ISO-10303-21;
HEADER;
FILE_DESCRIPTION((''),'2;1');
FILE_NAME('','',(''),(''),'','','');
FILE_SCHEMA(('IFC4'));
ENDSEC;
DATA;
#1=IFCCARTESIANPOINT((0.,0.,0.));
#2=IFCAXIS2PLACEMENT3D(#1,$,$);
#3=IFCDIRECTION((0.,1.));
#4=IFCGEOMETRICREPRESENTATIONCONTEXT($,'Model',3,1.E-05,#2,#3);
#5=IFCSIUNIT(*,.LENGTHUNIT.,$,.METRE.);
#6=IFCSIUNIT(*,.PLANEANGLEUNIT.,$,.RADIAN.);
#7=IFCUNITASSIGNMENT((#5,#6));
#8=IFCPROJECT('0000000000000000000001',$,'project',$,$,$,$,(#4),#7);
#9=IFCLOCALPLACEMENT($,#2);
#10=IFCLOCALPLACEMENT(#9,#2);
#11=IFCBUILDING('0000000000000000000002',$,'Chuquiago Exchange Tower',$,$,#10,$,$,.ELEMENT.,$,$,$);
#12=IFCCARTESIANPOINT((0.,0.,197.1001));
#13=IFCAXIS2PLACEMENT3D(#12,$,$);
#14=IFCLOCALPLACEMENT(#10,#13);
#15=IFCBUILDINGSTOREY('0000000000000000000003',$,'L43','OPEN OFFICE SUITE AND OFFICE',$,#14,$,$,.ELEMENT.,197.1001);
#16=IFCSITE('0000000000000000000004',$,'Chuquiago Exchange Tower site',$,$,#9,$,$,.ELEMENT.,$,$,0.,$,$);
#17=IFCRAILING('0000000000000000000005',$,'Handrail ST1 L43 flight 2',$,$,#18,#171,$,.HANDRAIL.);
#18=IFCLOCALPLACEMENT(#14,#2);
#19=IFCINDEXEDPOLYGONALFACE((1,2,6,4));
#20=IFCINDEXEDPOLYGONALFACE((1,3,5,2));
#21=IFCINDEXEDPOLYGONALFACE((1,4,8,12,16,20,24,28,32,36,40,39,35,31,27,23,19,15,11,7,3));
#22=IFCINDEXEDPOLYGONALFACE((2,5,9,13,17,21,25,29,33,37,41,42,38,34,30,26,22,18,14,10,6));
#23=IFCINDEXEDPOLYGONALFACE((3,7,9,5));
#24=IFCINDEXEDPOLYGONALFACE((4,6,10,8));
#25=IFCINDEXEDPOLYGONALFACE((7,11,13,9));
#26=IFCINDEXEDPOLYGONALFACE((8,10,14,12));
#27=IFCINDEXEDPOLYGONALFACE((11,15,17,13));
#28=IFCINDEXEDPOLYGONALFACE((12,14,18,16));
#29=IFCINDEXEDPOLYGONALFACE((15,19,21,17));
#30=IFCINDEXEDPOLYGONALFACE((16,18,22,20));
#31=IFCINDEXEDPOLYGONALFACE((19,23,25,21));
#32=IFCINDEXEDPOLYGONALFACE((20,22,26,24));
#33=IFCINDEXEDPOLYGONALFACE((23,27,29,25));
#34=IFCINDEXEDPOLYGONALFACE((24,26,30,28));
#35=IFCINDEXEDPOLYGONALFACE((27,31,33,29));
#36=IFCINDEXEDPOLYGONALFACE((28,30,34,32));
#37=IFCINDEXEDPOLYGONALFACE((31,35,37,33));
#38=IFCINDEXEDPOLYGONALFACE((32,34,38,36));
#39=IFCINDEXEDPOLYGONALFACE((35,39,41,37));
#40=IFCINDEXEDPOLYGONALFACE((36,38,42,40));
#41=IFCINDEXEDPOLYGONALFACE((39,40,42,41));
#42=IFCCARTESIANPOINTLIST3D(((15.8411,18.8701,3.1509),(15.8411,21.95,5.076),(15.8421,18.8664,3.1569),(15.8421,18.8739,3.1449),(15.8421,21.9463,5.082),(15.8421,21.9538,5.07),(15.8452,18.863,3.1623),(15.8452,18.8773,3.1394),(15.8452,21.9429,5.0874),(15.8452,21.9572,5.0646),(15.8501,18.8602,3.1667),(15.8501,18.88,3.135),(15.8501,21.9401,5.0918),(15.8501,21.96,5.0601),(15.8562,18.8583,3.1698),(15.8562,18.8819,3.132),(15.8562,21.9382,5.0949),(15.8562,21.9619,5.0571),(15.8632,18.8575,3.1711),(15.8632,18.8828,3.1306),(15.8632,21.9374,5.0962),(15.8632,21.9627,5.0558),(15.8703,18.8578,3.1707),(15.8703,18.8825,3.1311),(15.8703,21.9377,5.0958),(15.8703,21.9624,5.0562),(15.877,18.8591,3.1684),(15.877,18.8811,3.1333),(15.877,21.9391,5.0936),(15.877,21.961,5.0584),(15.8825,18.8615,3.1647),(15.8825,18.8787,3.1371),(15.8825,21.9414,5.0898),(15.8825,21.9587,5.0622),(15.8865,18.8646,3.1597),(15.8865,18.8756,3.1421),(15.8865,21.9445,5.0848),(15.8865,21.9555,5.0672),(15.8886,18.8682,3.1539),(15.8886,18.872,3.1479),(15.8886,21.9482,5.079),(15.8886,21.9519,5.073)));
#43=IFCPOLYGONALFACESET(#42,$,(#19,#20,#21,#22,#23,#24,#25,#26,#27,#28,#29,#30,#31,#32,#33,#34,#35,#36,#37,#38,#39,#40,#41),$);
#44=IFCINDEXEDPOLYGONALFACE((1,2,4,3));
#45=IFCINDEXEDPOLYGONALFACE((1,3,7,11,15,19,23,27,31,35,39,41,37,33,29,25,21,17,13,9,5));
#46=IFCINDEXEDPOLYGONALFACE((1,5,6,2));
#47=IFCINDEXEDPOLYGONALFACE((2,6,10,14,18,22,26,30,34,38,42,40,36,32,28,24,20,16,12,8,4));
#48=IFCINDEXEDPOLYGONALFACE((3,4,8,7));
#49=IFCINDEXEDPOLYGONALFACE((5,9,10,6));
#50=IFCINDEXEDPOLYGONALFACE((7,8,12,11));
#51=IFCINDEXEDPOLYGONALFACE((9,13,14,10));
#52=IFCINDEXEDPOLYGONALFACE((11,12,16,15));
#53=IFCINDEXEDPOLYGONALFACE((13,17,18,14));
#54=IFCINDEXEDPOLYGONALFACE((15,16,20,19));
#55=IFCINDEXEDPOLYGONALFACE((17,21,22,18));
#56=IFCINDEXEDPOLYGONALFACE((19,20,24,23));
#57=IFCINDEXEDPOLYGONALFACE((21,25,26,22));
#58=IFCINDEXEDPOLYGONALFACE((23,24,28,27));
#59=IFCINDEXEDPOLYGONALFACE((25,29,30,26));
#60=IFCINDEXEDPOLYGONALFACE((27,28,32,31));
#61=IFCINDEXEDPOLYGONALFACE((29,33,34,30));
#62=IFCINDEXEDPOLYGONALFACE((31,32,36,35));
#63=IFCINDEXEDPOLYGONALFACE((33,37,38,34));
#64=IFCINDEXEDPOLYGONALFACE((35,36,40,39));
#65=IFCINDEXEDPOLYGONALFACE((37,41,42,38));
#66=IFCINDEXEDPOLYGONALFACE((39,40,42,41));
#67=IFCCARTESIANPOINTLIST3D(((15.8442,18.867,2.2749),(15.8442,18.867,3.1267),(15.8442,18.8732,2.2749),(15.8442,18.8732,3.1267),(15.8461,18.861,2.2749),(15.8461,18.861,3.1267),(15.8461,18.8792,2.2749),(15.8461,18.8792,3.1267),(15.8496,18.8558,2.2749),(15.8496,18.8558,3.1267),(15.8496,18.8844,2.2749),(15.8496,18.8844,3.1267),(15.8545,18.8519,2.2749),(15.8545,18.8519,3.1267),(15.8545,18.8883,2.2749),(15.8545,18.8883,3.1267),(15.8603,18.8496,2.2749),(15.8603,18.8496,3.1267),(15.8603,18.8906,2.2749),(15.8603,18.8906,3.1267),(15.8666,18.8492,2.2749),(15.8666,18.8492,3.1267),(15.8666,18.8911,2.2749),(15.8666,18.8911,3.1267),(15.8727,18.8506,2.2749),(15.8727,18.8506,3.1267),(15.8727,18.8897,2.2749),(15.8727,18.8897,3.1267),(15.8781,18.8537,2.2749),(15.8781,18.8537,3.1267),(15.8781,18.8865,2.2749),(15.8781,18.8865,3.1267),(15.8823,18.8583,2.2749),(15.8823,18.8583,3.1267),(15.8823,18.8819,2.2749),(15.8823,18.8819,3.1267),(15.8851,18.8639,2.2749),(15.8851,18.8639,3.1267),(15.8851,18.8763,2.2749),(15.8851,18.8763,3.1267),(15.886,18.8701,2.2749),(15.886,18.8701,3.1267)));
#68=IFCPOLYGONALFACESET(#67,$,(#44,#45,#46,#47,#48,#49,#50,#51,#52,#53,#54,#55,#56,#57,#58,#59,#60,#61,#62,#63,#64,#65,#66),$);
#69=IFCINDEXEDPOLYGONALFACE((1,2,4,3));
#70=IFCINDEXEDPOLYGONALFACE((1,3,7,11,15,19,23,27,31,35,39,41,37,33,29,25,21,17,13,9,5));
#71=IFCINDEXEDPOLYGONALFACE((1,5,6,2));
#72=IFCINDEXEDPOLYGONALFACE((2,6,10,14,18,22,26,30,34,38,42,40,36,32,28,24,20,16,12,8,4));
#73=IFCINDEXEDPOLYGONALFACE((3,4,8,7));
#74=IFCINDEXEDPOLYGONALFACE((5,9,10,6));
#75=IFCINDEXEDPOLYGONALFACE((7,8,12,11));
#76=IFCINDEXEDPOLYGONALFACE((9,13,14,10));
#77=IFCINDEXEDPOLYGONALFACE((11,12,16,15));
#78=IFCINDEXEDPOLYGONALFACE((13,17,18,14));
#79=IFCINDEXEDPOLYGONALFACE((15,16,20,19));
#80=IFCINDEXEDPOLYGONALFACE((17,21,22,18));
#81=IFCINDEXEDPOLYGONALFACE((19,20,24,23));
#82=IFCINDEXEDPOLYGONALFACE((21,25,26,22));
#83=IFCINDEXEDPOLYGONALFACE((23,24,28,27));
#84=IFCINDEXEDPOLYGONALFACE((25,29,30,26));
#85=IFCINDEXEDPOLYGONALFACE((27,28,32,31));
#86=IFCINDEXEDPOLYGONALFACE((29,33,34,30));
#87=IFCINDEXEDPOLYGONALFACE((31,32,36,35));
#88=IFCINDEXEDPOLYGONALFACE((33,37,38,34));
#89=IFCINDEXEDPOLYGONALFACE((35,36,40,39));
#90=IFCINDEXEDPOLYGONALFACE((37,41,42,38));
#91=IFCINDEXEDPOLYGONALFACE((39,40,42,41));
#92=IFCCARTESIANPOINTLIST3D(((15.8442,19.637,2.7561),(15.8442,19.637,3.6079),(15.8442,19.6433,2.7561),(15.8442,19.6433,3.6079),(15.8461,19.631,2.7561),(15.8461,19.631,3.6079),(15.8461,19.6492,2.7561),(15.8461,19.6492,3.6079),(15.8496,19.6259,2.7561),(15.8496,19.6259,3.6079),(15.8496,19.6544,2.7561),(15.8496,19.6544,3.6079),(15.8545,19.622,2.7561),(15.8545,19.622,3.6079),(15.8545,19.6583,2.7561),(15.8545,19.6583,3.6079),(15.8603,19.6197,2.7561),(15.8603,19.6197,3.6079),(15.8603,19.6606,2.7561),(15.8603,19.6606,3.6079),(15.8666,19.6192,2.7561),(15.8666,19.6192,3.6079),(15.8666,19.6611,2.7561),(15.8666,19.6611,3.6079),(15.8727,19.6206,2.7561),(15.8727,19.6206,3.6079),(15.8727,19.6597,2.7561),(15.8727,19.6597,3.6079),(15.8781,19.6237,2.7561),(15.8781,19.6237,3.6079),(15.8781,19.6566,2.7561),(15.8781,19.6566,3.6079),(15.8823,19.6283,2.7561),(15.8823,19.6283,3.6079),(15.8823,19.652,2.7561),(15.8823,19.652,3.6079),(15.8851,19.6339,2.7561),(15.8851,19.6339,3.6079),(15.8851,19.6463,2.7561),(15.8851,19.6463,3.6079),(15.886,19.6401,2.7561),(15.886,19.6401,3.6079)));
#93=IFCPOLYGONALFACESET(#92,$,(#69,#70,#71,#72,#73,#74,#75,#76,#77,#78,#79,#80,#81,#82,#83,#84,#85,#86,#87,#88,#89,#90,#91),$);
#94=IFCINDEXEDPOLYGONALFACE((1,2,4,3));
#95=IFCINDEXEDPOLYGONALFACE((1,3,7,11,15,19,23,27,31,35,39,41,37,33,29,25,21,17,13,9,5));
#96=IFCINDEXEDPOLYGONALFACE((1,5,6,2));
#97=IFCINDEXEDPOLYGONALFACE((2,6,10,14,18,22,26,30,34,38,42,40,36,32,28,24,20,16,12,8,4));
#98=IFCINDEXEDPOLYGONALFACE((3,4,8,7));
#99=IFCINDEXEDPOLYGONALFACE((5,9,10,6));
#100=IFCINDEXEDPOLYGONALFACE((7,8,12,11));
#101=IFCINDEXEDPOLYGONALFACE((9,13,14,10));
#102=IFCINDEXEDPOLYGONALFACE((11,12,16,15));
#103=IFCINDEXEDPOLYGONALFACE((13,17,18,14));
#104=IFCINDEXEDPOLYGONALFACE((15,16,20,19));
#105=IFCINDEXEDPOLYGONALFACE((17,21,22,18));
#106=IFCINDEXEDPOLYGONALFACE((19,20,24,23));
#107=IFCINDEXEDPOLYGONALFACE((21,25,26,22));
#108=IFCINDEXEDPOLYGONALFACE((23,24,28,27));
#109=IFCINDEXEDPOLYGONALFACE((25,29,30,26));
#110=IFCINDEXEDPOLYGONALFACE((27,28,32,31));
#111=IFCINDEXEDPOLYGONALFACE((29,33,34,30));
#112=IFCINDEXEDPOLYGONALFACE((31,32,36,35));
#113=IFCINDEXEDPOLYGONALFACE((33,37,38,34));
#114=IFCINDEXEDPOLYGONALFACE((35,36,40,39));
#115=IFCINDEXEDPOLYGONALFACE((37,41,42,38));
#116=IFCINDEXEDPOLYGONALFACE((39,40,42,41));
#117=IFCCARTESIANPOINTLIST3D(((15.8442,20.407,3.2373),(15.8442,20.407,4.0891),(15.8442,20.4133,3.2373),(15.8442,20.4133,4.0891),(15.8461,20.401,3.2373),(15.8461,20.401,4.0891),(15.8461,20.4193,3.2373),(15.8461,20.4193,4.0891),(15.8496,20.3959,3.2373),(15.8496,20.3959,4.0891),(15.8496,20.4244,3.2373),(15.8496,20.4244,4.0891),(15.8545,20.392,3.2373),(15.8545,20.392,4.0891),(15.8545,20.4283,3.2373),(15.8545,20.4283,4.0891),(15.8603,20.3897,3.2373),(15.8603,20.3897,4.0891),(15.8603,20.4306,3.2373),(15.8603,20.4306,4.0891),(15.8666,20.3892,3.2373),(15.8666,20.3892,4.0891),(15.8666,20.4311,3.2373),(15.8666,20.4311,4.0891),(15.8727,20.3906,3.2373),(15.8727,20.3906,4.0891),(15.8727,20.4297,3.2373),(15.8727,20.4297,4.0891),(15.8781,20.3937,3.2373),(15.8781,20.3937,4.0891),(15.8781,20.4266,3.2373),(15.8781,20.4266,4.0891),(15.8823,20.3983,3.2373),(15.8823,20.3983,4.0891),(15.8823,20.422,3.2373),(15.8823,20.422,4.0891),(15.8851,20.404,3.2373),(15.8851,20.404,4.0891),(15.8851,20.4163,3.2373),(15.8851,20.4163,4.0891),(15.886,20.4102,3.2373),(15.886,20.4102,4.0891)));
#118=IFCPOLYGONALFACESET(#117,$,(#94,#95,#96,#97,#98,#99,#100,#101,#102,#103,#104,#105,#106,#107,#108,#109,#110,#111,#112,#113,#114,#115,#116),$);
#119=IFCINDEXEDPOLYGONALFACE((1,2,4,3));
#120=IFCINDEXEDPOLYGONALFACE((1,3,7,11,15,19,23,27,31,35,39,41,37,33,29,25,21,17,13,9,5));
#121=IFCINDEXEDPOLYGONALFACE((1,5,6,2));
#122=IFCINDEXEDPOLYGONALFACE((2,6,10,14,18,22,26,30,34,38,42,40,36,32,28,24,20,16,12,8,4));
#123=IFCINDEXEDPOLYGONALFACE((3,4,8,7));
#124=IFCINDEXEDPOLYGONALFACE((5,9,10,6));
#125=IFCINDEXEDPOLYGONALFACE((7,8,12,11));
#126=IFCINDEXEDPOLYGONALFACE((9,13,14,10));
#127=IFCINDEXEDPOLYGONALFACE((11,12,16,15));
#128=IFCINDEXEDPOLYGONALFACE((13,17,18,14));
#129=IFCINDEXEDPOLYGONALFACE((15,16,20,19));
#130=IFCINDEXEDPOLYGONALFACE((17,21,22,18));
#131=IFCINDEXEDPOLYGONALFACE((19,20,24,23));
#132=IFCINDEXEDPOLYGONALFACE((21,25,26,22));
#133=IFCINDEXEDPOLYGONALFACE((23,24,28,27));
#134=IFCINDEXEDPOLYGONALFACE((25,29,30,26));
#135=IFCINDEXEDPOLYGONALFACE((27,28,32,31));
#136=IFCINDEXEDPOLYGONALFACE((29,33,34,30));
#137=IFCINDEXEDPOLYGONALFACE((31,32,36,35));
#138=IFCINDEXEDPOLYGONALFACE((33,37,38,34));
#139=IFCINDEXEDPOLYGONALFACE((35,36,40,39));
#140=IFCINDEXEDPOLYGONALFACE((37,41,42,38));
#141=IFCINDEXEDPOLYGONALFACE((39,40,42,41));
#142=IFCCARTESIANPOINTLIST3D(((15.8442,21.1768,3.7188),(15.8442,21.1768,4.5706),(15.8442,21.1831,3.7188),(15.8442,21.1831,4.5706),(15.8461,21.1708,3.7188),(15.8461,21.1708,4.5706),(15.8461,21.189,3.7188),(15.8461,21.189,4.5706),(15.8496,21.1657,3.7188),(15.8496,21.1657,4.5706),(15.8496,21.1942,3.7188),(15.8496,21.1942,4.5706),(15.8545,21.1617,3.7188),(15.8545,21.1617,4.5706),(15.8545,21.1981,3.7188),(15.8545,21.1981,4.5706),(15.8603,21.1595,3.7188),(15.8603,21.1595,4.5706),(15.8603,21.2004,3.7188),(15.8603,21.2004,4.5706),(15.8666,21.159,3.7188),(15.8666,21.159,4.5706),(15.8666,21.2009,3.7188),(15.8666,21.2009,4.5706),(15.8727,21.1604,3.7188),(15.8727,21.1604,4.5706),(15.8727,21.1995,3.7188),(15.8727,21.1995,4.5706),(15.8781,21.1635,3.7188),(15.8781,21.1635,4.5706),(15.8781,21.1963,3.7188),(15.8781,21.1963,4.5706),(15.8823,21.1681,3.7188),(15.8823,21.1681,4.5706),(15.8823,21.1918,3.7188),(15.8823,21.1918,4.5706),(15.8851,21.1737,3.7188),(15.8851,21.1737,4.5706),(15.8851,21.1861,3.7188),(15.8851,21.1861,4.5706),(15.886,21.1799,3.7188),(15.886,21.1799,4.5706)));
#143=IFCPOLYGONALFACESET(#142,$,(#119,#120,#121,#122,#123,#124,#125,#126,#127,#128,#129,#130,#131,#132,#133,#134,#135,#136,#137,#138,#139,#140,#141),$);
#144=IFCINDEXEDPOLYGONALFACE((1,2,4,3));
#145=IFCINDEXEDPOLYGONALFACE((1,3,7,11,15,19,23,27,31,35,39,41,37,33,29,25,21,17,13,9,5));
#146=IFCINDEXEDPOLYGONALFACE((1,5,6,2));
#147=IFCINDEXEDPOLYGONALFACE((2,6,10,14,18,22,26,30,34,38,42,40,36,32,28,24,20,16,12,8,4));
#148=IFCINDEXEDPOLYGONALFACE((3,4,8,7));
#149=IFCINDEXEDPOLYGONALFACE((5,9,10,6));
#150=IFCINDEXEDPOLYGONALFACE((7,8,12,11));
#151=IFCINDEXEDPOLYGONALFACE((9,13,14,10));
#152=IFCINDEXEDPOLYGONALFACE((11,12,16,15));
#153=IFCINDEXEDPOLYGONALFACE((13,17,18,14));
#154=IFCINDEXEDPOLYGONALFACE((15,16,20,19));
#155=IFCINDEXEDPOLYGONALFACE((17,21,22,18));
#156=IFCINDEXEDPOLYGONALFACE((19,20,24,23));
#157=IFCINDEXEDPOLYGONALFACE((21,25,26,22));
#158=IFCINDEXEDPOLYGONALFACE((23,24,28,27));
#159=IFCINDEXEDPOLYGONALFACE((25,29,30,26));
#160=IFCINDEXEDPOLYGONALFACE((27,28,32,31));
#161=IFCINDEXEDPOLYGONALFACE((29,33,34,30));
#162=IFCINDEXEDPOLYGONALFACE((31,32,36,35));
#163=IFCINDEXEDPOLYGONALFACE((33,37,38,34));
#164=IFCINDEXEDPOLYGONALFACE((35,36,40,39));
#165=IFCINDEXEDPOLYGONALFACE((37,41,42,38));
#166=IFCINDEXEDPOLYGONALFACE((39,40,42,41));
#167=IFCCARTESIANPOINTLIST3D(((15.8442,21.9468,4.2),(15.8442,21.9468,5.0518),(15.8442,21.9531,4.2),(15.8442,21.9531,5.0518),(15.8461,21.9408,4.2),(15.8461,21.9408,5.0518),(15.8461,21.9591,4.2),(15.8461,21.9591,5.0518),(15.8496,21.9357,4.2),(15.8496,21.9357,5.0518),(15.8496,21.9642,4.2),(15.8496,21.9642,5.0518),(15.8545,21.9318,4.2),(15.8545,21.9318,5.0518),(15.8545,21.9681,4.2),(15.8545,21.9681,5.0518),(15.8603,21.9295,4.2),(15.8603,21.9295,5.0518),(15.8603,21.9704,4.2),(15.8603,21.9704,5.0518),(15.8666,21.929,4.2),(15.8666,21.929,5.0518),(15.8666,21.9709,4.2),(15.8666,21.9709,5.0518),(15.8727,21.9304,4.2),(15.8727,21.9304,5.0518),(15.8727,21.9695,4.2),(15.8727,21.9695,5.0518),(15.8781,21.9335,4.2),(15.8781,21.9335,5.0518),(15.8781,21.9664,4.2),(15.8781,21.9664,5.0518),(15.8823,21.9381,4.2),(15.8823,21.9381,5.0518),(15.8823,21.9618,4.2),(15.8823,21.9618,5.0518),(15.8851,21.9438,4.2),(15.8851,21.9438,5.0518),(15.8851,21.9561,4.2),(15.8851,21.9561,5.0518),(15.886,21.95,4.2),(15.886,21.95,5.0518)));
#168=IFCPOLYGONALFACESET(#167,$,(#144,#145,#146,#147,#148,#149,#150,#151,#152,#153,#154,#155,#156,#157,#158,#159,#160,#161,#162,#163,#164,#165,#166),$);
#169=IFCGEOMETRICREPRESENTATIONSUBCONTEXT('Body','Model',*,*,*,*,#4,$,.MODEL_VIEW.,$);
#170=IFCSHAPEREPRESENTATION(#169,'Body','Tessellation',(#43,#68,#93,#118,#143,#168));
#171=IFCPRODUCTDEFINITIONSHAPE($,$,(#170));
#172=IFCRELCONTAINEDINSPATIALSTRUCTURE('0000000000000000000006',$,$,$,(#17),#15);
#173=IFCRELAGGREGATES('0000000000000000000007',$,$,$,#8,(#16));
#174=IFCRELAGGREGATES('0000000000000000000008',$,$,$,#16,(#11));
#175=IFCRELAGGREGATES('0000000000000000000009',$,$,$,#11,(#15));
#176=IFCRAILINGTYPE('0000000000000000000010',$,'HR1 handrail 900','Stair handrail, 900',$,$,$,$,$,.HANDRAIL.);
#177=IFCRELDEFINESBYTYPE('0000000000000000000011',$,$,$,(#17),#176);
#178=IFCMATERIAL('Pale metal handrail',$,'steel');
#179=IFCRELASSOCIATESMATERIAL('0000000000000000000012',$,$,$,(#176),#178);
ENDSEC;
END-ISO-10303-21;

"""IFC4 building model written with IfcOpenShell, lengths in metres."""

from ifc_helpers import new_model, si_unit, direction, frame, origin, origin_2d, place, context, subcontext, project, spatial, circle, extrude, material, type_object, element, save


model = new_model("IFC4")

# Units and contexts
model_context = context("Model", 3, precision=1e-05, world=origin(), true_north=direction((0.0, 1.0)))
body_context = subcontext(model_context, "Body", "Model", "MODEL_VIEW")
ifc_project = project(units=[si_unit("LENGTHUNIT", "METRE"), si_unit("PLANEANGLEUNIT", "RADIAN")], contexts=[model_context])

# Site, building, storey
site_placement = place(None, origin())
site = spatial("IfcSite", under=ifc_project, at=site_placement, Name="Chuquiago Exchange Tower site", CompositionType="ELEMENT", RefElevation=0.0)
building_placement = place(site_placement, origin())
building = spatial("IfcBuilding", under=site, at=building_placement, Name="Chuquiago Exchange Tower", CompositionType="ELEMENT")
storey_placement = place(building_placement, frame((0.0, 0.0, 197.1001)))
storey = spatial("IfcBuildingStorey", under=building, at=storey_placement, Name="L43", Description="OPEN OFFICE SUITE AND OFFICE", CompositionType="ELEMENT", Elevation=197.1001)

# Railing
ifc_material_1 = material(Name="Pale metal handrail", Category="steel")
railing_type_1 = type_object("IfcRailingType", Name="HR1 handrail 900", Description="Stair handrail, 900", PredefinedType="HANDRAIL", material=ifc_material_1)
for number, where, name in (
    (1, (15.865, 18.8701, 2.2749), "Handrail ST1 L43 flight 2"),
):
    element("IfcRailing", number, at=place(storey_placement, frame(where)), inside=storey, type_object=railing_type_1, Name=name, PredefinedType="HANDRAIL", context=body_context, shape_type="SweptSolid", body=[
        extrude(circle(Radius=0.0239, at=origin_2d()), frame((0.0, 0.0, 0.876), z_axis=(0.0, 0.847979, 0.530029), x_axis=(-1.0, 0.0, 0.0)), (0.0, 0.0, 1.0), 3.6321),
        extrude(circle(Radius=0.021, at=origin_2d()), origin(), (0.0, 0.0, 1.0), 0.8518),
        extrude(circle(Radius=0.021, at=origin_2d()), frame((0.0, 0.77, 0.4812)), (0.0, 0.0, 1.0), 0.8518),
        extrude(circle(Radius=0.021, at=origin_2d()), frame((0.0, 1.54, 0.9624)), (0.0, 0.0, 1.0), 0.8518),
        extrude(circle(Radius=0.021, at=origin_2d()), frame((0.0, 2.3098, 1.4438)), (0.0, 0.0, 1.0), 0.8518),
        extrude(circle(Radius=0.021, at=origin_2d()), frame((0.0, 3.0798, 1.925)), (0.0, 0.0, 1.0), 0.8518),
    ])

save(model, "model.ifc")
